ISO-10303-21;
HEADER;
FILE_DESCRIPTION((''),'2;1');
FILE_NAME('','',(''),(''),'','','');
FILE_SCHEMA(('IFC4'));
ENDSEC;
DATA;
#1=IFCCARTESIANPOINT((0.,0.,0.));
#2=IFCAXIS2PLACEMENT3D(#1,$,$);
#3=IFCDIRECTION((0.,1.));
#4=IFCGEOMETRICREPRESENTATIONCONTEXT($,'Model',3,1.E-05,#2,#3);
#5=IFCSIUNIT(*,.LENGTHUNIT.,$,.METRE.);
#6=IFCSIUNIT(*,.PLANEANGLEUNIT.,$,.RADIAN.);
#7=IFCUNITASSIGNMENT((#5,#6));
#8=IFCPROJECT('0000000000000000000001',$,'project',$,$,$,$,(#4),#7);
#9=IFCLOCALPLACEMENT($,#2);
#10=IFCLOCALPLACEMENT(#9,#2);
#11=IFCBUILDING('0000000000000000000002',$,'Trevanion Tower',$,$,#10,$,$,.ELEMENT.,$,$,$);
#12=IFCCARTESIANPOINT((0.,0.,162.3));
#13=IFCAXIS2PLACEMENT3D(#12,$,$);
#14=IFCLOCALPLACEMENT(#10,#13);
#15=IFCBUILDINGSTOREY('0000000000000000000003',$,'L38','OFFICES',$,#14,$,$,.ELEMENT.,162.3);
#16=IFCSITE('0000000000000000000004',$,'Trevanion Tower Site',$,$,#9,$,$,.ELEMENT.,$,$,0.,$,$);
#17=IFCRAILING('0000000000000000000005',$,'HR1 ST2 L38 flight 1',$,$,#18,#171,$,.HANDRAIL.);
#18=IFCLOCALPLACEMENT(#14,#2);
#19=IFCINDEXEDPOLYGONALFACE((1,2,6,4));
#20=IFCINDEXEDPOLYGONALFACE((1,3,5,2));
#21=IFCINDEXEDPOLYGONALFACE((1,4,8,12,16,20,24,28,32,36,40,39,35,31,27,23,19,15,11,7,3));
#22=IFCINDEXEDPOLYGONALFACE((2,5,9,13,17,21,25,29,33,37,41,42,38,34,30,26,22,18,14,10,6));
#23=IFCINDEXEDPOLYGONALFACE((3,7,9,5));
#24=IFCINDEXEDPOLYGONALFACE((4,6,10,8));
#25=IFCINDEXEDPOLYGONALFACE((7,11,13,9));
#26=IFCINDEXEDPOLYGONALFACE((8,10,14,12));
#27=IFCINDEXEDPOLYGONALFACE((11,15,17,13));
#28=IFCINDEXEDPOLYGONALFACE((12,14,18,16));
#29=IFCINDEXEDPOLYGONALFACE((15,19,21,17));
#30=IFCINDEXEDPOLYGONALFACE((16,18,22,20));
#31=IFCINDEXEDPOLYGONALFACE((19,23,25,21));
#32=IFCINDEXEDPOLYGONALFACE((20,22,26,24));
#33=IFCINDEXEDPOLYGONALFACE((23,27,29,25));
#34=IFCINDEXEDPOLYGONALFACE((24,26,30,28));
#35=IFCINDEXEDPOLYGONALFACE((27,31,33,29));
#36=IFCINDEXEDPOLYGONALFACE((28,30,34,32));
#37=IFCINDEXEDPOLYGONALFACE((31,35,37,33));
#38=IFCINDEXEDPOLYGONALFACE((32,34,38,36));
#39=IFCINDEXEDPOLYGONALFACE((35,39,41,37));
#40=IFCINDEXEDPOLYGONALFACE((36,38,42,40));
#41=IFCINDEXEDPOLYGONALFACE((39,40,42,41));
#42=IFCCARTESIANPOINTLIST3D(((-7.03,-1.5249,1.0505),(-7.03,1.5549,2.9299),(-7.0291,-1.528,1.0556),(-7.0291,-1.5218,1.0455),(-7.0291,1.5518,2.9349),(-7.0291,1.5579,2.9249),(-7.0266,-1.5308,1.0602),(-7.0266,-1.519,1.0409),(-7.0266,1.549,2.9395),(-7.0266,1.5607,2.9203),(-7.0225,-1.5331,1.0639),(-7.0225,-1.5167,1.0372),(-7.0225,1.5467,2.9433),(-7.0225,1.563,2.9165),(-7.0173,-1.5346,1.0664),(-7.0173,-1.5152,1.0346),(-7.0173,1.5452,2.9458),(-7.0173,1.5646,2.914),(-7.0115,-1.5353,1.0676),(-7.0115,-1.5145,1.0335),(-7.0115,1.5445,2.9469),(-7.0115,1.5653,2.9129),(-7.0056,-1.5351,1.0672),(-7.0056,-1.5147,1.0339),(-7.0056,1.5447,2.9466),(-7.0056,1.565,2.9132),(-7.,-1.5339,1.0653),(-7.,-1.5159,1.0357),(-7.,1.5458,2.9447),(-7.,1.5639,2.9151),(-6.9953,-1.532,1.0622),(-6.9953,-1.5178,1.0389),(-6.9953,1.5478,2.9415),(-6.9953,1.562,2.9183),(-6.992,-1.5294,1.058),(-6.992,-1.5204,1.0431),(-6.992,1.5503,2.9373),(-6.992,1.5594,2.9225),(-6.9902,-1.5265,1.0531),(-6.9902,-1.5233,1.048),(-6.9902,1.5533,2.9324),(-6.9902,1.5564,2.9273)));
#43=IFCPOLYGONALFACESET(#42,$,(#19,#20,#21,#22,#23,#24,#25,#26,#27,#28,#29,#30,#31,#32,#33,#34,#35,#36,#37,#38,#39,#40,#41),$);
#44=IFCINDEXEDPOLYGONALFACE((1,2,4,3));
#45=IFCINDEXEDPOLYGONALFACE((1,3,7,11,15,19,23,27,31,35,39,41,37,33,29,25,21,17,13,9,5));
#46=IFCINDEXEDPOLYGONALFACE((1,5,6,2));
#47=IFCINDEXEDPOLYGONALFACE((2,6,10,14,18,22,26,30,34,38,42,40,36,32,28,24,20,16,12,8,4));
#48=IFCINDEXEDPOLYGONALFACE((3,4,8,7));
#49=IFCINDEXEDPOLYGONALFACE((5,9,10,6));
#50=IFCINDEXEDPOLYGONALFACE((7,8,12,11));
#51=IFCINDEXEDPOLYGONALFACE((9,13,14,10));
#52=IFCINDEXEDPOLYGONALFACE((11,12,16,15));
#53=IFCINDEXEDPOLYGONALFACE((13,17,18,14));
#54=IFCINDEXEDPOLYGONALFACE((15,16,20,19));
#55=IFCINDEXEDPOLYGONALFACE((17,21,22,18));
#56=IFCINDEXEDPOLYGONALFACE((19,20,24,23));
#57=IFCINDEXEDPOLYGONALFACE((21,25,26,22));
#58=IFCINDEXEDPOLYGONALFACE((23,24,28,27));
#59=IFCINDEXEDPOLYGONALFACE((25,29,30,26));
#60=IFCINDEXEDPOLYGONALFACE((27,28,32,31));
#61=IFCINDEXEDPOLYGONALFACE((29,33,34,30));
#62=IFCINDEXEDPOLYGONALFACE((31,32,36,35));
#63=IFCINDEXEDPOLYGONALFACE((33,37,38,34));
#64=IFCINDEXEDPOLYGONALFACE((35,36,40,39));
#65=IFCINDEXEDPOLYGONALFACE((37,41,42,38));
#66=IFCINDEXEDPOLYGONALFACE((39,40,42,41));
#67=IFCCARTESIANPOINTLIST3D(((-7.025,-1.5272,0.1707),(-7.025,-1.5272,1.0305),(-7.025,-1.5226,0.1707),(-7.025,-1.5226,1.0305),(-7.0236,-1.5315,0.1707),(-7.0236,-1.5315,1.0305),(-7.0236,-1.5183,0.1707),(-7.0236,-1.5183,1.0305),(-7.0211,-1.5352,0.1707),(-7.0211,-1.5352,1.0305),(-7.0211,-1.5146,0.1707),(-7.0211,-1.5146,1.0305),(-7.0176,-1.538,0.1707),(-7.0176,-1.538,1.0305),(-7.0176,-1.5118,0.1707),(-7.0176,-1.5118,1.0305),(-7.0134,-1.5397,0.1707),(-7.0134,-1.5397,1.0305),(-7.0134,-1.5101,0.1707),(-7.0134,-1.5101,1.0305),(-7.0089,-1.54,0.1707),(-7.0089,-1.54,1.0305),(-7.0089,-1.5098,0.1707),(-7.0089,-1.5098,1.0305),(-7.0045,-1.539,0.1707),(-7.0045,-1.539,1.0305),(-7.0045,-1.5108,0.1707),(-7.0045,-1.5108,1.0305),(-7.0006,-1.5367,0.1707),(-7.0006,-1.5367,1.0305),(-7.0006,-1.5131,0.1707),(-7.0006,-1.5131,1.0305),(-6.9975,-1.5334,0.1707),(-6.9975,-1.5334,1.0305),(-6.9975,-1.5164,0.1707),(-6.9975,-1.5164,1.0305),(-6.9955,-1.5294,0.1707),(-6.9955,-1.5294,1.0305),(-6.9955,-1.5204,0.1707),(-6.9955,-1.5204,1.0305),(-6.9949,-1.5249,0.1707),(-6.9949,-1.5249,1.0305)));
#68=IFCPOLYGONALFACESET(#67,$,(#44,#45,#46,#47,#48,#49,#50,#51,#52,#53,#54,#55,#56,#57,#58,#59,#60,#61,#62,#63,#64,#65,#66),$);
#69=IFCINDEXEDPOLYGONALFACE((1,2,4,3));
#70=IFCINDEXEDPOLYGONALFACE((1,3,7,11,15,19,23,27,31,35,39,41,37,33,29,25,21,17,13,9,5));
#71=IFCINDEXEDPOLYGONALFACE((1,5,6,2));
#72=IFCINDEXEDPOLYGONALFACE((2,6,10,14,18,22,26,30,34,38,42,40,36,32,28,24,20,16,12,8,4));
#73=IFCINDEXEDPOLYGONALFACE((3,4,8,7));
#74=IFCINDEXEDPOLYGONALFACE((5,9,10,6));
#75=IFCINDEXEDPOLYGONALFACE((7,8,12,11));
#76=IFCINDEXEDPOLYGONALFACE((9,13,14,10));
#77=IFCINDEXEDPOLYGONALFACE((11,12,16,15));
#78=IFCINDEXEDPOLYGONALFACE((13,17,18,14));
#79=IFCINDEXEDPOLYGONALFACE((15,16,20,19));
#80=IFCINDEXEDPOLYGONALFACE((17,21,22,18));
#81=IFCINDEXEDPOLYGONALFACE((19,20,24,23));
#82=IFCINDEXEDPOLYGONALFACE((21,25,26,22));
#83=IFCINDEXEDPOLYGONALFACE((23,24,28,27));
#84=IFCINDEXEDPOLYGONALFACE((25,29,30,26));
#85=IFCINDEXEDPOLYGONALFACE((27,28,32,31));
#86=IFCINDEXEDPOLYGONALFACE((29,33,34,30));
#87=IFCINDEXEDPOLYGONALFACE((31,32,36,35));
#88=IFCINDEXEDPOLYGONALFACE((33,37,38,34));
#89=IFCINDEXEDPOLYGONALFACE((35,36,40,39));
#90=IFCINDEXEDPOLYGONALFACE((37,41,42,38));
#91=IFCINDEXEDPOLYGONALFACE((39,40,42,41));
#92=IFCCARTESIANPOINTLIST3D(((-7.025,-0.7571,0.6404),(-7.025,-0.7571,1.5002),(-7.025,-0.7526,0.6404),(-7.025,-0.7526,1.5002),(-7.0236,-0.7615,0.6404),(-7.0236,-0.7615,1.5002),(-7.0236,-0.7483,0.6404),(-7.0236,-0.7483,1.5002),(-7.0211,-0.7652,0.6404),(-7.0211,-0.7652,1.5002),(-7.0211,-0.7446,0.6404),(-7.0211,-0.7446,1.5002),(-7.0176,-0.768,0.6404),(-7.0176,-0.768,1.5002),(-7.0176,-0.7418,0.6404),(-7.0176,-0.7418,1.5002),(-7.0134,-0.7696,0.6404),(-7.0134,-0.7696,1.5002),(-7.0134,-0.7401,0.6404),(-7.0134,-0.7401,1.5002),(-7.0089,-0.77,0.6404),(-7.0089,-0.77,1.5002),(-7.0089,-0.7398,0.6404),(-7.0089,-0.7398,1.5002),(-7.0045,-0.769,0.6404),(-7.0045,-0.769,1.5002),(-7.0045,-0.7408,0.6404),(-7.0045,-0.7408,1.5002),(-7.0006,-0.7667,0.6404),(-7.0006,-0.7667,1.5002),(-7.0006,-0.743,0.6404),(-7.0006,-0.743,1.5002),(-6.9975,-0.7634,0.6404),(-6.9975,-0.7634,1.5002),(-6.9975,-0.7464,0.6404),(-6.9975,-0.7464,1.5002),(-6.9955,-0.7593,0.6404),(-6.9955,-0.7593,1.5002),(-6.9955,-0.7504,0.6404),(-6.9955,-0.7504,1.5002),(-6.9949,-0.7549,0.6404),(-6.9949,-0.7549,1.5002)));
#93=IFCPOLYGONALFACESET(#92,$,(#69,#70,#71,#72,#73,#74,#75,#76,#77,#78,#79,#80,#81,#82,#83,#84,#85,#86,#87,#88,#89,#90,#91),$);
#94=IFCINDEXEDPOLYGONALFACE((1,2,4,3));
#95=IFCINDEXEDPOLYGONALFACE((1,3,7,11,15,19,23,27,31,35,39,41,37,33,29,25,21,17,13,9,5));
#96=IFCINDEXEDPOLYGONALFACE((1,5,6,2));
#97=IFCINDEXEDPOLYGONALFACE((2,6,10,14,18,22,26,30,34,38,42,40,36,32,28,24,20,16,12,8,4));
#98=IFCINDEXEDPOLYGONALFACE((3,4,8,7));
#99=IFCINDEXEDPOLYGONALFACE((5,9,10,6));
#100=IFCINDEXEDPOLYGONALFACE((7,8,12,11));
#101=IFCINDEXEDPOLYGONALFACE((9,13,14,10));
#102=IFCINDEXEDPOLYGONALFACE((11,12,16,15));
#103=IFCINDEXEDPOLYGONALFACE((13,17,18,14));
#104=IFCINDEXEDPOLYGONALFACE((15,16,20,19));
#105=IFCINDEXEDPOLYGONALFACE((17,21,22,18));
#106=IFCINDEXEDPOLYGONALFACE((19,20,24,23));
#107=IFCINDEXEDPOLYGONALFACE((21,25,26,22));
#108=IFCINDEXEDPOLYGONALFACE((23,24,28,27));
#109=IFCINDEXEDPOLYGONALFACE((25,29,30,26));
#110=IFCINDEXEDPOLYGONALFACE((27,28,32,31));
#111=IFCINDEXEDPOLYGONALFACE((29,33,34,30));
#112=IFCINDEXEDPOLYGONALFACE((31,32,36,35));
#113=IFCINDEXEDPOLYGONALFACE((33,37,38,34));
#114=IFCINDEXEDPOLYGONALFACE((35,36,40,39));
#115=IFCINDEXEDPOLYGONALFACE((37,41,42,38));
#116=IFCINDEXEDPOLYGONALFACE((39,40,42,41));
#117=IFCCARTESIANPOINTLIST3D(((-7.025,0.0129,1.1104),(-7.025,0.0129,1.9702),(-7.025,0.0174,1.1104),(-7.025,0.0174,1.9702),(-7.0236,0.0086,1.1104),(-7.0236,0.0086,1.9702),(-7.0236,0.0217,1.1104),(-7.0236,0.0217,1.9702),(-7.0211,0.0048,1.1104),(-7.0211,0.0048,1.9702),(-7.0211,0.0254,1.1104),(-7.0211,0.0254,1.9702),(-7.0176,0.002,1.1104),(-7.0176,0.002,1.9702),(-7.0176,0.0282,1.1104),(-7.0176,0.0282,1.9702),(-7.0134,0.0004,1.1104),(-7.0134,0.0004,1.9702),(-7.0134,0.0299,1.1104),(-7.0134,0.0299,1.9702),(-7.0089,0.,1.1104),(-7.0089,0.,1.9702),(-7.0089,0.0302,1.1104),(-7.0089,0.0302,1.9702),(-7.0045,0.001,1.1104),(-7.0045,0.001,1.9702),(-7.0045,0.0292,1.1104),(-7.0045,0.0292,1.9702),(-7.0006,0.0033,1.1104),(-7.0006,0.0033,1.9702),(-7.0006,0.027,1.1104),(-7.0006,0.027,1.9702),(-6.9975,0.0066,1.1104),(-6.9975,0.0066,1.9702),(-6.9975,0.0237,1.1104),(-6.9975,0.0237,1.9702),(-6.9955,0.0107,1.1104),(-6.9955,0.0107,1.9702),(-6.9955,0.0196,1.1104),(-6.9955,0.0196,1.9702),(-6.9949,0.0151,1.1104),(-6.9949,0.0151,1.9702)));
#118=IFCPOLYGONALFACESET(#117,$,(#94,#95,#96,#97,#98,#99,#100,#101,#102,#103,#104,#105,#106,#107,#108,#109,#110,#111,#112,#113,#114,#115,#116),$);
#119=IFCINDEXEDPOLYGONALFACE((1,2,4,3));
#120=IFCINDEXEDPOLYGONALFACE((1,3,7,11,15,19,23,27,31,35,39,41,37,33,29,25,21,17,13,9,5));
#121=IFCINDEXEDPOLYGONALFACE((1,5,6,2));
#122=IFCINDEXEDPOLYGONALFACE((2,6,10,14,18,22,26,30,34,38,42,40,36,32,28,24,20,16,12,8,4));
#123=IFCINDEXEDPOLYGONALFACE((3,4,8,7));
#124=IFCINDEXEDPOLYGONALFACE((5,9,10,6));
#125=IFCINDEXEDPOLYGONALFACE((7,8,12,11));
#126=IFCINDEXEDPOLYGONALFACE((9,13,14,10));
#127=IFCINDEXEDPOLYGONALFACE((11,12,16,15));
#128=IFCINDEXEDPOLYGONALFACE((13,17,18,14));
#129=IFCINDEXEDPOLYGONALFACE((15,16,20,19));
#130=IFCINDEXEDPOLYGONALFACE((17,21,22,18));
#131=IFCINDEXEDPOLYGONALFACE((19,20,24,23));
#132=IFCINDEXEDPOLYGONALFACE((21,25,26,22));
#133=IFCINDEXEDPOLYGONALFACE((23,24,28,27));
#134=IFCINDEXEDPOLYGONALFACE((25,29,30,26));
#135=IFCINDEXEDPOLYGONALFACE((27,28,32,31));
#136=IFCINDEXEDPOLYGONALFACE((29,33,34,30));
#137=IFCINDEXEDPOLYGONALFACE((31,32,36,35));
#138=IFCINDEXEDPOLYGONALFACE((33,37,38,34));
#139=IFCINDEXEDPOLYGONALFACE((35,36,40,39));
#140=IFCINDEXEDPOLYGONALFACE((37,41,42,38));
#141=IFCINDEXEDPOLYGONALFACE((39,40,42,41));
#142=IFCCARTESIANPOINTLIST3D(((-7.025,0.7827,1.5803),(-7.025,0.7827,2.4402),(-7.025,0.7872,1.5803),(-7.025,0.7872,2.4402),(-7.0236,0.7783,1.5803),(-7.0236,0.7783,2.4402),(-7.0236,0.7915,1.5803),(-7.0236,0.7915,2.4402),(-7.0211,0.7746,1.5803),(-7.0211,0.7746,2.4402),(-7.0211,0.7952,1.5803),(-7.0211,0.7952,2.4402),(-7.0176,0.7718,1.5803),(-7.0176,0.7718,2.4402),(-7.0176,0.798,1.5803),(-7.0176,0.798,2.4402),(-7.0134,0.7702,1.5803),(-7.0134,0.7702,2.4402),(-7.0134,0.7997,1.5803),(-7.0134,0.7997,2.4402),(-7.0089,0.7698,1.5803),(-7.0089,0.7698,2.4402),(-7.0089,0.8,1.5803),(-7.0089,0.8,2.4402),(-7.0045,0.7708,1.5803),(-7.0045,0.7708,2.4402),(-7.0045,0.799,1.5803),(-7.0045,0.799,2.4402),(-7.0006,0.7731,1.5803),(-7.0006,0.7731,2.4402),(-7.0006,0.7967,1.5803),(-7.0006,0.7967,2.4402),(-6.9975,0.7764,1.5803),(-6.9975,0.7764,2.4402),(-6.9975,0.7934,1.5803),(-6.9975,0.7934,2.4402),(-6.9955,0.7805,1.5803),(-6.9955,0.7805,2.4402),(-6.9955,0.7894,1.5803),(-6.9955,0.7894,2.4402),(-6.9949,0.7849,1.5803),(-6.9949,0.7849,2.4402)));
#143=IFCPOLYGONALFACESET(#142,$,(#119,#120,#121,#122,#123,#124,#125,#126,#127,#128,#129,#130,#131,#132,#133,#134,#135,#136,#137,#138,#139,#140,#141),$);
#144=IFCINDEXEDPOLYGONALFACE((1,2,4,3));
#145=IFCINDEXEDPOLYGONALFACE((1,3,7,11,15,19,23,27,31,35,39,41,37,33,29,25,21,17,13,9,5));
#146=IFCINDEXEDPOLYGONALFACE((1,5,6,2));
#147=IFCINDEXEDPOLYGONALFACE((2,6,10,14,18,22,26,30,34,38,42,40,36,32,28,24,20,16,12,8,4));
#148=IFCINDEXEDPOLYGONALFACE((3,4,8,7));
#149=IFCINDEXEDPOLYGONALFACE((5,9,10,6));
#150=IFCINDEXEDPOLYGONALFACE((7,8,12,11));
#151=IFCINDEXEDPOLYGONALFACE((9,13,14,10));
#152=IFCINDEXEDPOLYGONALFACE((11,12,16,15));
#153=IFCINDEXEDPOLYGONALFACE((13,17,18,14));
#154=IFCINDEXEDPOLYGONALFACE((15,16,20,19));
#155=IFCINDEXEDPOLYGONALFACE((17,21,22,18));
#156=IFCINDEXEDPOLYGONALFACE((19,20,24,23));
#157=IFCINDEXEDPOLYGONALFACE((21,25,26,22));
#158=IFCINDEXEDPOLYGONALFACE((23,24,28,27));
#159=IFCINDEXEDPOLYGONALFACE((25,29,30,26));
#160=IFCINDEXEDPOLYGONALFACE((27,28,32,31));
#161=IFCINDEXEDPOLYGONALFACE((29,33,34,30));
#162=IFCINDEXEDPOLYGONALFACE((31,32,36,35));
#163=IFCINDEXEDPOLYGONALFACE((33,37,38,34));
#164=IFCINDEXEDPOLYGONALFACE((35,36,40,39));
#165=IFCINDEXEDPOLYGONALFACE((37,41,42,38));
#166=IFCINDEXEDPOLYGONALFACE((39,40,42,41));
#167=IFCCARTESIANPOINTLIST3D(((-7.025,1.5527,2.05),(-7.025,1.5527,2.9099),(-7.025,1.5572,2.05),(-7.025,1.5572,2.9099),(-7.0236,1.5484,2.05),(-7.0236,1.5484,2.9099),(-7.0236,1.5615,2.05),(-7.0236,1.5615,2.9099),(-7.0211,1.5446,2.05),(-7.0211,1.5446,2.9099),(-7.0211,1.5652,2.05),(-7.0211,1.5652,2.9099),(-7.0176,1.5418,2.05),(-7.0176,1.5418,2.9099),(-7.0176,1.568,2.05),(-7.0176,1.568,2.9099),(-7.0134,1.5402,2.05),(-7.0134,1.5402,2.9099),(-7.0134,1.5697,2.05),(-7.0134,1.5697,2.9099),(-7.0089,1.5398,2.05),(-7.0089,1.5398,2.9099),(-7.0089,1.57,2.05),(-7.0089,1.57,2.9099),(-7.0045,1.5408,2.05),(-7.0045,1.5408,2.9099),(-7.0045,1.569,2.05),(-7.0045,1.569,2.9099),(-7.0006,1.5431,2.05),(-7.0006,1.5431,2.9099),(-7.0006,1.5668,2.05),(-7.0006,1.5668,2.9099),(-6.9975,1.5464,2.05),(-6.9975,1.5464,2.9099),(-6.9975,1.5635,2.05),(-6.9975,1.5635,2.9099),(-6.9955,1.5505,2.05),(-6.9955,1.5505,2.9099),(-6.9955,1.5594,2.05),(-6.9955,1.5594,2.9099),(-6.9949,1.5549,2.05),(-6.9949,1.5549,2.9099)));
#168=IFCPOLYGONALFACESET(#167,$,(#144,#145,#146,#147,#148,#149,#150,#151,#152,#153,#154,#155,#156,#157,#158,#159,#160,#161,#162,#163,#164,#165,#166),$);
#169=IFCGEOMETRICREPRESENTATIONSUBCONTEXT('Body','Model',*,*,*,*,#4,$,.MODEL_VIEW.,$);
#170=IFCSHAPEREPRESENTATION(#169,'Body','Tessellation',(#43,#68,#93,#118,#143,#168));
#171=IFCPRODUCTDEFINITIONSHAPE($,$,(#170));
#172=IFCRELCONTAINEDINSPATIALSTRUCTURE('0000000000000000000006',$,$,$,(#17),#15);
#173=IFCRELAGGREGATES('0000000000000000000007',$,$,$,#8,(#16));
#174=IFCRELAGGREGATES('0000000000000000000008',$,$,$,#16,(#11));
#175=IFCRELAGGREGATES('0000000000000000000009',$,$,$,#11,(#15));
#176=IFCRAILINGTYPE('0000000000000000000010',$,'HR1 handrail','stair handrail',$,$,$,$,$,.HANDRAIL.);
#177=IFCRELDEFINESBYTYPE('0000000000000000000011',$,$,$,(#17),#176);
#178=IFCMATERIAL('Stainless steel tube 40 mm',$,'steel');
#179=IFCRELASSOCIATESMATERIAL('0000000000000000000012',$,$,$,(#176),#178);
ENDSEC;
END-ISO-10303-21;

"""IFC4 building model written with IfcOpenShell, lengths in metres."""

from ifc_helpers import new_model, si_unit, direction, frame, origin, origin_2d, place, context, subcontext, project, spatial, circle, extrude, material, type_object, element, save


model = new_model("IFC4")

# Units and contexts
model_context = context("Model", 3, precision=1e-05, world=origin(), true_north=direction((0.0, 1.0)))
body_context = subcontext(model_context, "Body", "Model", "MODEL_VIEW")
ifc_project = project(units=[si_unit("LENGTHUNIT", "METRE"), si_unit("PLANEANGLEUNIT", "RADIAN")], contexts=[model_context])

# Site, building, storey
site_placement = place(None, origin())
site = spatial("IfcSite", under=ifc_project, at=site_placement, Name="Trevanion Tower Site", CompositionType="ELEMENT", RefElevation=0.0)
building_placement = place(site_placement, origin())
building = spatial("IfcBuilding", under=site, at=building_placement, Name="Trevanion Tower", CompositionType="ELEMENT")
storey_placement = place(building_placement, frame((0.0, 0.0, 162.3)))
storey = spatial("IfcBuildingStorey", under=building, at=storey_placement, Name="L38", Description="OFFICES", CompositionType="ELEMENT", Elevation=162.3)

# Railing
ifc_material_1 = material(Name="Stainless steel tube 40 mm", Category="steel")
railing_type = type_object("IfcRailingType", Name="HR1 handrail", Description="stair handrail", PredefinedType="HANDRAIL", material=ifc_material_1)
for number, where, name in (
    (1, (-7.01, -1.5249, 0.1707), "HR1 ST2 L38 flight 1"),
):
    element("IfcRailing", number, at=place(storey_placement, frame(where)), inside=storey, type_object=railing_type, Name=name, PredefinedType="HANDRAIL", context=body_context, shape_type="SweptSolid", body=[
        extrude(circle(Radius=0.02, at=origin_2d()), frame((0.0, 0.0, 0.8799), z_axis=(0.0, 0.853618, 0.5209), x_axis=(-1.0, 0.0, 0.0)), (0.0, 0.0, 1.0), 3.6079),
        extrude(circle(Radius=0.0151, at=origin_2d()), origin(), (0.0, 0.0, 1.0), 0.8599),
        extrude(circle(Radius=0.0151, at=origin_2d()), frame((0.0, 0.77, 0.4697)), (0.0, 0.0, 1.0), 0.8599),
        extrude(circle(Radius=0.0151, at=origin_2d()), frame((0.0, 1.54, 0.9397)), (0.0, 0.0, 1.0), 0.8599),
        extrude(circle(Radius=0.0151, at=origin_2d()), frame((0.0, 2.3098, 1.4097)), (0.0, 0.0, 1.0), 0.8599),
        extrude(circle(Radius=0.0151, at=origin_2d()), frame((0.0, 3.0798, 1.8794)), (0.0, 0.0, 1.0), 0.8599),
    ])

save(model, "model.ifc")
